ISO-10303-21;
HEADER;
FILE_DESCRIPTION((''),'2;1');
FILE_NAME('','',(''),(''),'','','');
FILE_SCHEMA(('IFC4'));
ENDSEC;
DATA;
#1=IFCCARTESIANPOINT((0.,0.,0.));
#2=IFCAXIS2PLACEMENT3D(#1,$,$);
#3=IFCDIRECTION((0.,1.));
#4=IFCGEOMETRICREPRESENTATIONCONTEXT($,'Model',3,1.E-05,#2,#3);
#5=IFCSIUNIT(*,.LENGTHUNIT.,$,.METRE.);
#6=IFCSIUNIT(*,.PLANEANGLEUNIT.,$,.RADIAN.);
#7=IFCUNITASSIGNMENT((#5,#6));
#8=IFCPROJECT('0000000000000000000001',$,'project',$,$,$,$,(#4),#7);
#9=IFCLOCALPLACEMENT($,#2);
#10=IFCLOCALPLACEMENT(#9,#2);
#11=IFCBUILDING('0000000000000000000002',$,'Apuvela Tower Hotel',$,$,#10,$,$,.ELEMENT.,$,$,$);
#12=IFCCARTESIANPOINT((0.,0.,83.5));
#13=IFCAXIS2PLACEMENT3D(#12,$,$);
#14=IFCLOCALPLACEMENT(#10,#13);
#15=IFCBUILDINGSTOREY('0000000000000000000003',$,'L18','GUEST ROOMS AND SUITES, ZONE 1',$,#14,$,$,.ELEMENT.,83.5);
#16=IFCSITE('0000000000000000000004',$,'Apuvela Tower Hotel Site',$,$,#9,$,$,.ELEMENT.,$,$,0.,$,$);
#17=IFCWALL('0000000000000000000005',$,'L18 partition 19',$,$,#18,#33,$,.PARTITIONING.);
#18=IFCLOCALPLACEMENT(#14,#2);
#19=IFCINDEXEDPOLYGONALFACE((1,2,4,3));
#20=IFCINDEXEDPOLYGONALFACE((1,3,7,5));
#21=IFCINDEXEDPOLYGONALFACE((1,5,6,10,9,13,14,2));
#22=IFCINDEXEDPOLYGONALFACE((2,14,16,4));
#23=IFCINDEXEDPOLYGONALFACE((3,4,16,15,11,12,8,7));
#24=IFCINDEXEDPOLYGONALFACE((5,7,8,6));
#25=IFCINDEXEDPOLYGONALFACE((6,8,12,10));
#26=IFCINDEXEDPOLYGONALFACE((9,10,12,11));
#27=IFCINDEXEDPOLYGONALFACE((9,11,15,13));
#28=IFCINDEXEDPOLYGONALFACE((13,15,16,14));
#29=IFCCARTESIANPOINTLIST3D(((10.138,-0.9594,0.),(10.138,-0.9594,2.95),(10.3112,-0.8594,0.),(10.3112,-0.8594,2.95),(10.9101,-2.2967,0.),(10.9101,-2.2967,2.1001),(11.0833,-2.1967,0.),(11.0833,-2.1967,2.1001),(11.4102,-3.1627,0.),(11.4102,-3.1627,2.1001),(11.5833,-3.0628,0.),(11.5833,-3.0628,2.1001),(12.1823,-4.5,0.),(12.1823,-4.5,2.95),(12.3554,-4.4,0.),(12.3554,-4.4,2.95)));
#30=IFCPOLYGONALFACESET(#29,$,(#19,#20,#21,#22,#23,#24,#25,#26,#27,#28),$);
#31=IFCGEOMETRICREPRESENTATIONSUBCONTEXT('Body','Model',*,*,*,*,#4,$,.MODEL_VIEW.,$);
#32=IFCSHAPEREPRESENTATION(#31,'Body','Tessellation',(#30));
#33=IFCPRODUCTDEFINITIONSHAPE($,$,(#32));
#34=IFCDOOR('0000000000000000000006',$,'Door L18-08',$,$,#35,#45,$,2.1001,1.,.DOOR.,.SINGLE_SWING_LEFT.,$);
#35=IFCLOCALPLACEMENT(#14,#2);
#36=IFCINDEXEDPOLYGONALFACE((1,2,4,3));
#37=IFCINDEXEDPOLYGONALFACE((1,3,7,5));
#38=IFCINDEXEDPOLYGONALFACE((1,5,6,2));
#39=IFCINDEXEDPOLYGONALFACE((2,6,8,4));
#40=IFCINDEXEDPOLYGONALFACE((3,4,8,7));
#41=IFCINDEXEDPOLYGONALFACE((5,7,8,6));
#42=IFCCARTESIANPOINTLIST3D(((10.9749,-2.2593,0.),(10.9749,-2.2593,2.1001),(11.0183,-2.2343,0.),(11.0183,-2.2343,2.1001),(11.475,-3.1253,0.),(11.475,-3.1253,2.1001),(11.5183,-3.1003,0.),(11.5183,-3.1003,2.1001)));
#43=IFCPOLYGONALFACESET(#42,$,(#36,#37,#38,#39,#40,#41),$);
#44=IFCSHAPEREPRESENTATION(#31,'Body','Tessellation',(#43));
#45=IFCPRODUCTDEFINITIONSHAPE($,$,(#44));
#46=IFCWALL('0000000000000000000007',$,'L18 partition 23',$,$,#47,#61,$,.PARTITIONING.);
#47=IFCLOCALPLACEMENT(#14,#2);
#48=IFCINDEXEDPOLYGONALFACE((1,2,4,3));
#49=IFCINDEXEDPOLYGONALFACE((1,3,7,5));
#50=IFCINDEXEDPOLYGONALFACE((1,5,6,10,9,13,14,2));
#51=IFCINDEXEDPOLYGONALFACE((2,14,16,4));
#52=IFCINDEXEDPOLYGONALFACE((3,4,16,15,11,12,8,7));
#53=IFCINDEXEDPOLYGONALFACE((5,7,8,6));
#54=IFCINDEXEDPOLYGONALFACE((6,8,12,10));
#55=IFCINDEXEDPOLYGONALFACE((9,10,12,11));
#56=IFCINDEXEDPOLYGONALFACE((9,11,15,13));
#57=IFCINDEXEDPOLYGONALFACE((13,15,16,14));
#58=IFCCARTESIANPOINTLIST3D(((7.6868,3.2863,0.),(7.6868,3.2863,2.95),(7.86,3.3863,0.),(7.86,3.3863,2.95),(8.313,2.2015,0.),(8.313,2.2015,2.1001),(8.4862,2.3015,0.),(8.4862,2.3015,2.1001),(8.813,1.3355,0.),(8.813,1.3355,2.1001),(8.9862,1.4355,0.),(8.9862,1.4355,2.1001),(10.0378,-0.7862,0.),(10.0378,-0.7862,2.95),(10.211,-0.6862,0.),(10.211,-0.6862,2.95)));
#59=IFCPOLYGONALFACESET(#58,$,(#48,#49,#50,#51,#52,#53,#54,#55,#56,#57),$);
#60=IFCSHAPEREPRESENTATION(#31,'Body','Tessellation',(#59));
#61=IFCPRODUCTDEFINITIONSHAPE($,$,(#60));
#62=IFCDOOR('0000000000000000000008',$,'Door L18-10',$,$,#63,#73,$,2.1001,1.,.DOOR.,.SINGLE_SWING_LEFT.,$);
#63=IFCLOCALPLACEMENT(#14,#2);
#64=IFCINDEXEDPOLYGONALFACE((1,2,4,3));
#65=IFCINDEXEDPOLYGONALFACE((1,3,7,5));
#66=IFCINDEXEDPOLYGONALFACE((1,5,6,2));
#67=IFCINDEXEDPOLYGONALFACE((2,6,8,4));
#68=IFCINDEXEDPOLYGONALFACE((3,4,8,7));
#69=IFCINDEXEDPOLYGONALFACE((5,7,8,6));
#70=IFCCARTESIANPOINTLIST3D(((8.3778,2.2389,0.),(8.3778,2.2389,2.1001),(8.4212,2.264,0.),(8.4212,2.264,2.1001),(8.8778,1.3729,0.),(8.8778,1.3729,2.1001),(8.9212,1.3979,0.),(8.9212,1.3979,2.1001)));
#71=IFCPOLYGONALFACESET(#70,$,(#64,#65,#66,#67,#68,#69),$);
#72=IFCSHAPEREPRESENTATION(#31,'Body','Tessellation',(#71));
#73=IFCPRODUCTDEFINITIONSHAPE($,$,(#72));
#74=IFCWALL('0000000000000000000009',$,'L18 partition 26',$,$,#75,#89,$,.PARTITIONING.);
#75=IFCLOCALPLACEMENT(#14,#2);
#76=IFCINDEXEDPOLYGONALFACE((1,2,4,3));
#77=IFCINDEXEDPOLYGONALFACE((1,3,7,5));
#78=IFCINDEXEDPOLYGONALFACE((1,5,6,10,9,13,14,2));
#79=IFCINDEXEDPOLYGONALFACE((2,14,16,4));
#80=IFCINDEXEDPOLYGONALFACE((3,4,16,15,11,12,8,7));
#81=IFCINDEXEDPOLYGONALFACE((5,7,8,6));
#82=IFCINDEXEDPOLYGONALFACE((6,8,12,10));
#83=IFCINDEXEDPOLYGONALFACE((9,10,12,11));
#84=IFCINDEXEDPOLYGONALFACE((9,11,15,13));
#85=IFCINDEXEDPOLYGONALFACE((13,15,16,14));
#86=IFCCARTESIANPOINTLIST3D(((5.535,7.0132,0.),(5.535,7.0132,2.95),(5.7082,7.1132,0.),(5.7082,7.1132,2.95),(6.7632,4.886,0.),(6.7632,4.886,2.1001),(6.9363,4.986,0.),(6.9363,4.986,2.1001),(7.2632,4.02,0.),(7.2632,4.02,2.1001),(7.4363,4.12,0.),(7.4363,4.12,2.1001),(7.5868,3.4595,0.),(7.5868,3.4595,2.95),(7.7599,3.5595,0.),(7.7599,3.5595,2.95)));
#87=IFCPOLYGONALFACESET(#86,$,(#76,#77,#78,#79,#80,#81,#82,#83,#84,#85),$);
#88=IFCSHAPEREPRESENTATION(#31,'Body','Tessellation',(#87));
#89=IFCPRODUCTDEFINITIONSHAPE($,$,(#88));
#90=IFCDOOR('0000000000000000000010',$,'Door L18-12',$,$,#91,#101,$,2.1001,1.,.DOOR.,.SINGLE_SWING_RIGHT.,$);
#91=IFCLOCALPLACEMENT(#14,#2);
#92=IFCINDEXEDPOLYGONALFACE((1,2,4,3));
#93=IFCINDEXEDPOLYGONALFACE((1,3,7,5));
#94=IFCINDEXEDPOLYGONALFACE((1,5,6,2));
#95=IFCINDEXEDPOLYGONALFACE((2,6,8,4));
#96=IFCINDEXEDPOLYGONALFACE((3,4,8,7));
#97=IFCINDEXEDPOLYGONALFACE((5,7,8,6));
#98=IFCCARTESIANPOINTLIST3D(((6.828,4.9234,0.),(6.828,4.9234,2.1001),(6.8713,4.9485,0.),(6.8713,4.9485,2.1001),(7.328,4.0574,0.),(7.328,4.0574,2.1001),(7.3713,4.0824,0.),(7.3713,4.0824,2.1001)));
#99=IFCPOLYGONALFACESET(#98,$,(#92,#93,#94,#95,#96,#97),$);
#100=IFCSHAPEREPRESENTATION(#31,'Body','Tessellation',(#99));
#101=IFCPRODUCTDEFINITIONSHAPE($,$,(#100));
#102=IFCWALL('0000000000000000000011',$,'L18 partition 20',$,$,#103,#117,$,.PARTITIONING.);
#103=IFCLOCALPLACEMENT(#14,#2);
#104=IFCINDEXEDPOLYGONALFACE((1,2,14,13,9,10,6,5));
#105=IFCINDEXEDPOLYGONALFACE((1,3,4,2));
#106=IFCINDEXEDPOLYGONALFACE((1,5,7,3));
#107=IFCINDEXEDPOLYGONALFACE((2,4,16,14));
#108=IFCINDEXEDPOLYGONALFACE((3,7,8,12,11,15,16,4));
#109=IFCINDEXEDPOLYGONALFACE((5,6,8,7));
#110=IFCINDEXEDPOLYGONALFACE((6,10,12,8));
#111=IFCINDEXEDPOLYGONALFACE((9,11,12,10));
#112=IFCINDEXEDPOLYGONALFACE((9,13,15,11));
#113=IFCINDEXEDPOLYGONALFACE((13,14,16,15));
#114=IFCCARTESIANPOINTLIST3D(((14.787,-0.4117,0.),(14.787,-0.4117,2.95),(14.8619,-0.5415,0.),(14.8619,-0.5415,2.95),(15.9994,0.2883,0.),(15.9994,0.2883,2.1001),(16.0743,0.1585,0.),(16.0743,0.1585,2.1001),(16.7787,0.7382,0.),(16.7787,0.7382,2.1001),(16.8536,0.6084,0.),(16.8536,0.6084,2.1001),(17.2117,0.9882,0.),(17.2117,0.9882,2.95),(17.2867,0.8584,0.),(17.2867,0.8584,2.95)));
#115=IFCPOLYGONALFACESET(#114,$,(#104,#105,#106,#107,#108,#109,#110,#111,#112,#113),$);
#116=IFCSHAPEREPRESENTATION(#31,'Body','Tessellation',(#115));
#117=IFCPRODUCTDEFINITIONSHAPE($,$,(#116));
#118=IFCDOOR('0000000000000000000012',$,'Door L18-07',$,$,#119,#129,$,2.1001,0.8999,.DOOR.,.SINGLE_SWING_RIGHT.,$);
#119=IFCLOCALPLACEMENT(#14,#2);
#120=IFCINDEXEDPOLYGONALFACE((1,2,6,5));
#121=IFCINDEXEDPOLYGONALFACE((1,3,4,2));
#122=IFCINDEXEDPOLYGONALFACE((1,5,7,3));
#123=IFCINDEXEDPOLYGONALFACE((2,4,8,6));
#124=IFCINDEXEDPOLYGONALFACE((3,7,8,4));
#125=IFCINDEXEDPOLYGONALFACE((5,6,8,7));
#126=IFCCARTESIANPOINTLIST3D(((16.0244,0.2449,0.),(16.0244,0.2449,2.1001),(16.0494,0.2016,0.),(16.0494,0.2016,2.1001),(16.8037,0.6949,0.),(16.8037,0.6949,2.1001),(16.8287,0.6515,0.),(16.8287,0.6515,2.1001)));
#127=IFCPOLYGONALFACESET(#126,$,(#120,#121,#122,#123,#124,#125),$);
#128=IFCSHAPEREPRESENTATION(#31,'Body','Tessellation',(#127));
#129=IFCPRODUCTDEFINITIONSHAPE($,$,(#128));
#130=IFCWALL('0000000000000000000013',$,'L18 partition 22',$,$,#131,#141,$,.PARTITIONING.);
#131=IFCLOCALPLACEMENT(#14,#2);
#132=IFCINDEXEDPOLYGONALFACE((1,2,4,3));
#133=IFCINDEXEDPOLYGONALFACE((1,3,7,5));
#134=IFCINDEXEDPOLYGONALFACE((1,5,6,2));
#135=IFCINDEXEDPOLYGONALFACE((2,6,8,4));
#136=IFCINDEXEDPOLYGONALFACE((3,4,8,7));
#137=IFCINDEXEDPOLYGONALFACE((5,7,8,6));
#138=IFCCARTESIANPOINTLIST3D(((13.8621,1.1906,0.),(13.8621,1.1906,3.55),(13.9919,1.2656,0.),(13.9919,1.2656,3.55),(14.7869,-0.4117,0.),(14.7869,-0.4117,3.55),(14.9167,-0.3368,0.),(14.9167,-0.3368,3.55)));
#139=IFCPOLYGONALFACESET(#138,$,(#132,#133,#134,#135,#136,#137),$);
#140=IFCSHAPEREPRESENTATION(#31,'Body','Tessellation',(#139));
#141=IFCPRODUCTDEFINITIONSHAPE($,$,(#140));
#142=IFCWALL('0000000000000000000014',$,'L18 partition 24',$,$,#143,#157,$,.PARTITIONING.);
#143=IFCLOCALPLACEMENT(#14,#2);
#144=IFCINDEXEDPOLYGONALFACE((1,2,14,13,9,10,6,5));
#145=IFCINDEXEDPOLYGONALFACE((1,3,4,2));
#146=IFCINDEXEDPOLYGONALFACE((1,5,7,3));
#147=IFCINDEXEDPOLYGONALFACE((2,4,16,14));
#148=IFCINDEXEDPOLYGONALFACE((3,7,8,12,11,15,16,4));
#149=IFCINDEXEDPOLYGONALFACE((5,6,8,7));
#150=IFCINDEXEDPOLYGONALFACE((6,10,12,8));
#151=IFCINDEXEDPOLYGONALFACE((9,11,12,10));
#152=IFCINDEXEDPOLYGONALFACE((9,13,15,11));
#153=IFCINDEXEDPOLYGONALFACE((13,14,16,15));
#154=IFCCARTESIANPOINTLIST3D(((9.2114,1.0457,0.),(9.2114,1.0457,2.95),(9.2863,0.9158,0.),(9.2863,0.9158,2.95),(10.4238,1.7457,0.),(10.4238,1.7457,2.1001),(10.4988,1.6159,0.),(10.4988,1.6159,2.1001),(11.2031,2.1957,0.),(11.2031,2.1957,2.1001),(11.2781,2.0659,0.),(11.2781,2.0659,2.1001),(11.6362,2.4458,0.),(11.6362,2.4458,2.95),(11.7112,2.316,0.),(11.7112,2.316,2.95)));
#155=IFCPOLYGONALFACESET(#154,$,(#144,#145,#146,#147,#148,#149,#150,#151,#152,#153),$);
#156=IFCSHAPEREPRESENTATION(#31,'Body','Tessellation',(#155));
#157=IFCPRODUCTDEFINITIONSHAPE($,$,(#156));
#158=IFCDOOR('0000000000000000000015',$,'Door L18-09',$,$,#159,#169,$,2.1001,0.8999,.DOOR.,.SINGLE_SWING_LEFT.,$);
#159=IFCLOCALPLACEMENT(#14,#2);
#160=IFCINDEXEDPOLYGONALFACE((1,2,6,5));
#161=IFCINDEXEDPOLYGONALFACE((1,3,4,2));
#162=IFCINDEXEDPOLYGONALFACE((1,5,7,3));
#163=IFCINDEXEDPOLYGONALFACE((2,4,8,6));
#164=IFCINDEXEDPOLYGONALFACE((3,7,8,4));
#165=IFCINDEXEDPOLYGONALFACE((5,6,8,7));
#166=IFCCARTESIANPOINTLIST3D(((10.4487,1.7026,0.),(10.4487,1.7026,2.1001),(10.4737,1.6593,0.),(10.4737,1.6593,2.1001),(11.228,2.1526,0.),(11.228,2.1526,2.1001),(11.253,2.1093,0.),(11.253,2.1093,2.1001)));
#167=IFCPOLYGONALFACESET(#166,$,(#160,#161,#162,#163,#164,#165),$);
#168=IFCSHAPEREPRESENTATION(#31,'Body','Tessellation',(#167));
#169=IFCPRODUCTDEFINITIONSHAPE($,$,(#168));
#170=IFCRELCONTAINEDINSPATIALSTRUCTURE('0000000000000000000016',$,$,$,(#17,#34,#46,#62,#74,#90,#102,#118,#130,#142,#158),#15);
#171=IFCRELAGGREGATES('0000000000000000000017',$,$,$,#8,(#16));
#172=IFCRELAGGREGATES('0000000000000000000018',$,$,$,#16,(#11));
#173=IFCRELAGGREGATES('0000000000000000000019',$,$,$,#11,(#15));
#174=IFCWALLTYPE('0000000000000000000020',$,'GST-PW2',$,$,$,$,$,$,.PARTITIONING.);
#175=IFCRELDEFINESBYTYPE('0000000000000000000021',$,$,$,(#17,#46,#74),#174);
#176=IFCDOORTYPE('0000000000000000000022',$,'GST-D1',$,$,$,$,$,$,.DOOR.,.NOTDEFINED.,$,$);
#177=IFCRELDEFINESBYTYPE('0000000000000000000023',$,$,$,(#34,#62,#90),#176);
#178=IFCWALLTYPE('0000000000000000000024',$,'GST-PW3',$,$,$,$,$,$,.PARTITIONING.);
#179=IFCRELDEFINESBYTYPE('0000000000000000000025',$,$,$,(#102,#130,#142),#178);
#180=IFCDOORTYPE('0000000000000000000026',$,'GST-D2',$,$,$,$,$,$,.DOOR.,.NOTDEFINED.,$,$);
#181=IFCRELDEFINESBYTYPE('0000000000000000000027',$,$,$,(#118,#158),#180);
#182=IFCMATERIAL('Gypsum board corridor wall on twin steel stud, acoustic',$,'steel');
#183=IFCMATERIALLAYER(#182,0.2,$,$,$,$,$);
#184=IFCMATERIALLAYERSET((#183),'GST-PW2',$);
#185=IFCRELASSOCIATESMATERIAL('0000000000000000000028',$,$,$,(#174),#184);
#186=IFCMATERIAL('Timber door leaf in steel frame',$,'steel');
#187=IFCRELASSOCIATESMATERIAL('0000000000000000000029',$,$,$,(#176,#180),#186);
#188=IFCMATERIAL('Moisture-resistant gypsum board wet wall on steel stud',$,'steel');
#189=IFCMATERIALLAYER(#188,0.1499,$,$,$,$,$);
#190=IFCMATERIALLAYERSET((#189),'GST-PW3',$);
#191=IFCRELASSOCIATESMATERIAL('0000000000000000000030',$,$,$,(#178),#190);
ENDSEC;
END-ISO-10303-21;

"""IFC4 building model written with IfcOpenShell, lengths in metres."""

from ifc_helpers import new_model, si_unit, direction, frame, frame_2d, origin, place, context, subcontext, project, spatial, rectangle, extrude, material, layer, layer_set, type_object, element, fill, save


model = new_model("IFC4")

# Units and contexts
model_context = context("Model", 3, precision=1e-05, world=origin(), true_north=direction((0.0, 1.0)))
body_context = subcontext(model_context, "Body", "Model", "MODEL_VIEW")
ifc_project = project(units=[si_unit("LENGTHUNIT", "METRE"), si_unit("PLANEANGLEUNIT", "RADIAN")], contexts=[model_context])

# Site, building, storey
site_placement = place(None, origin())
site = spatial("IfcSite", under=ifc_project, at=site_placement, Name="Apuvela Tower Hotel Site", CompositionType="ELEMENT", RefElevation=0.0)
building_placement = place(site_placement, origin())
building = spatial("IfcBuilding", under=site, at=building_placement, Name="Apuvela Tower Hotel", CompositionType="ELEMENT")
storey_placement = place(building_placement, frame((0.0, 0.0, 83.5)))
storey = spatial("IfcBuildingStorey", under=building, at=storey_placement, Name="L18", Description="GUEST ROOMS AND SUITES, ZONE 1", CompositionType="ELEMENT", Elevation=83.5)

# Walls, openings, doors
ifc_material_1 = material(Name="Gypsum board corridor wall on twin steel stud, acoustic", Category="steel")
ifc_layer_1 = layer(ifc_material_1, 0.2)
ifc_layer_set_1 = layer_set([ifc_layer_1], Name="GST-PW2")
wall_type_1 = type_object("IfcWallType", Name="GST-PW2", PredefinedType="PARTITIONING", material=ifc_layer_set_1)
wall_1_placement = place(storey_placement, frame((10.2246, -0.9094, 0.0), z_axis=(0.0, 0.0, 1.0), x_axis=(0.500012, -0.866019, 0.0)))
wall_1 = element("IfcWall", 1, at=wall_1_placement, inside=storey, type_object=wall_type_1, Name="L18 partition 19", PredefinedType="PARTITIONING", context=body_context, shape_type="SweptSolid", body=[
    extrude(rectangle(XDim=4.0884, YDim=0.2, at=frame_2d((2.0442, 0.0))), origin(), (0.0, 0.0, 1.0), 2.95),
])
opening_1_placement = place(wall_1_placement, frame((1.5442, 0.0, 0.0)))
opening_1 = element("IfcOpeningElement", 2, at=opening_1_placement, cuts=wall_1, PredefinedType="OPENING", context=body_context, shape_type="SweptSolid", body=[
    extrude(rectangle(XDim=1.0, YDim=2.1001, at=frame_2d((0.5, 1.05))), frame((0.0, 0.1099, 0.0), z_axis=(0.0, -1.0, 0.0), x_axis=(1.0, 0.0, 0.0)), (0.0, 0.0, 1.0), 0.22),
])
ifc_material_2 = material(Name="Timber door leaf in steel frame", Category="steel")
door_type_1 = type_object("IfcDoorType", Name="GST-D1", OperationType="NOTDEFINED", PredefinedType="DOOR", material=ifc_material_2)
door_1_placement = place(opening_1_placement, origin())
door_1 = element("IfcDoor", 3, at=door_1_placement, inside=storey, type_object=door_type_1, Name="Door L18-08", OperationType="SINGLE_SWING_LEFT", OverallHeight=2.1001, OverallWidth=1.0, PredefinedType="DOOR", context=body_context, shape_type="SweptSolid", body=[
    extrude(rectangle(XDim=1.0, YDim=2.1001, at=frame_2d((0.5, 1.05))), frame((0.0, 0.0249, 0.0), z_axis=(0.0, -1.0, 0.0), x_axis=(1.0, 0.0, 0.0)), (0.0, 0.0, 1.0), 0.05),
])
fill(opening_1, door_1)
wall_2_placement = place(storey_placement, frame((7.7734, 3.3362, 0.0), z_axis=(0.0, 0.0, 1.0), x_axis=(0.49997, -0.866043, 0.0)))
wall_2 = element("IfcWall", 4, at=wall_2_placement, inside=storey, type_object=wall_type_1, Name="L18 partition 23", PredefinedType="PARTITIONING", context=body_context, shape_type="SweptSolid", body=[
    extrude(rectangle(XDim=4.7024, YDim=0.2, at=frame_2d((2.3511, 0.0))), origin(), (0.0, 0.0, 1.0), 2.95),
])
opening_2_placement = place(wall_2_placement, frame((1.2524, 0.0, 0.0)))
opening_2 = element("IfcOpeningElement", 5, at=opening_2_placement, cuts=wall_2, PredefinedType="OPENING", context=body_context, shape_type="SweptSolid", body=[
    extrude(rectangle(XDim=1.0, YDim=2.1001, at=frame_2d((0.5, 1.05))), frame((0.0, 0.1099, 0.0), z_axis=(0.0, -1.0, 0.0), x_axis=(1.0, 0.0, 0.0)), (0.0, 0.0, 1.0), 0.22),
])
door_2_placement = place(opening_2_placement, origin())
door_2 = element("IfcDoor", 6, at=door_2_placement, inside=storey, type_object=door_type_1, Name="Door L18-10", OperationType="SINGLE_SWING_LEFT", OverallHeight=2.1001, OverallWidth=1.0, PredefinedType="DOOR", context=body_context, shape_type="SweptSolid", body=[
    extrude(rectangle(XDim=1.0, YDim=2.1001, at=frame_2d((0.5, 1.05))), frame((0.0, 0.0249, 0.0), z_axis=(0.0, -1.0, 0.0), x_axis=(1.0, 0.0, 0.0)), (0.0, 0.0, 1.0), 0.05),
])
fill(opening_2, door_2)
wall_3_placement = place(storey_placement, frame((5.6216, 7.0632, 0.0), z_axis=(0.0, 0.0, 1.0), x_axis=(0.500004, -0.866023, 0.0)))
wall_3 = element("IfcWall", 7, at=wall_3_placement, inside=storey, type_object=wall_type_1, Name="L18 partition 26", PredefinedType="PARTITIONING", context=body_context, shape_type="SweptSolid", body=[
    extrude(rectangle(XDim=4.1035, YDim=0.2, at=frame_2d((2.0518, 0.0))), origin(), (0.0, 0.0, 1.0), 2.95),
])
opening_3_placement = place(wall_3_placement, frame((2.4563, 0.0, 0.0)))
opening_3 = element("IfcOpeningElement", 8, at=opening_3_placement, cuts=wall_3, PredefinedType="OPENING", context=body_context, shape_type="SweptSolid", body=[
    extrude(rectangle(XDim=1.0, YDim=2.1001, at=frame_2d((0.5, 1.05))), frame((0.0, 0.1099, 0.0), z_axis=(0.0, -1.0, 0.0), x_axis=(1.0, 0.0, 0.0)), (0.0, 0.0, 1.0), 0.22),
])
door_3_placement = place(opening_3_placement, origin())
door_3 = element("IfcDoor", 9, at=door_3_placement, inside=storey, type_object=door_type_1, Name="Door L18-12", OperationType="SINGLE_SWING_RIGHT", OverallHeight=2.1001, OverallWidth=1.0, PredefinedType="DOOR", context=body_context, shape_type="SweptSolid", body=[
    extrude(rectangle(XDim=1.0, YDim=2.1001, at=frame_2d((0.5, 1.05))), frame((0.0, 0.0249, 0.0), z_axis=(0.0, -1.0, 0.0), x_axis=(1.0, 0.0, 0.0)), (0.0, 0.0, 1.0), 0.05),
])
fill(opening_3, door_3)
ifc_material_3 = material(Name="Moisture-resistant gypsum board wet wall on steel stud", Category="steel")
ifc_layer_2 = layer(ifc_material_3, 0.1499)
ifc_layer_set_2 = layer_set([ifc_layer_2], Name="GST-PW3")
wall_type_2 = type_object("IfcWallType", Name="GST-PW3", PredefinedType="PARTITIONING", material=ifc_layer_set_2)
wall_4_placement = place(storey_placement, frame((14.8245, -0.4766, 0.0), z_axis=(0.0, 0.0, 1.0), x_axis=(0.866035, 0.499984, 0.0)))
wall_4 = element("IfcWall", 10, at=wall_4_placement, inside=storey, type_object=wall_type_2, Name="L18 partition 20", PredefinedType="PARTITIONING", context=body_context, shape_type="SweptSolid", body=[
    extrude(rectangle(XDim=2.7998, YDim=0.1499, at=frame_2d((1.3999, 0.0))), origin(), (0.0, 0.0, 1.0), 2.95),
])
opening_4_placement = place(wall_4_placement, frame((1.3999, 0.0, 0.0)))
opening_4 = element("IfcOpeningElement", 11, at=opening_4_placement, cuts=wall_4, PredefinedType="OPENING", context=body_context, shape_type="SweptSolid", body=[
    extrude(rectangle(XDim=0.8999, YDim=2.1001, at=frame_2d((0.45, 1.05))), frame((0.0, 0.085, 0.0), z_axis=(0.0, -1.0, 0.0), x_axis=(1.0, 0.0, 0.0)), (0.0, 0.0, 1.0), 0.1699),
])
door_type_2 = type_object("IfcDoorType", Name="GST-D2", OperationType="NOTDEFINED", PredefinedType="DOOR", material=ifc_material_2)
door_4_placement = place(opening_4_placement, origin())
door_4 = element("IfcDoor", 12, at=door_4_placement, inside=storey, type_object=door_type_2, Name="Door L18-07", OperationType="SINGLE_SWING_RIGHT", OverallHeight=2.1001, OverallWidth=0.8999, PredefinedType="DOOR", context=body_context, shape_type="SweptSolid", body=[
    extrude(rectangle(XDim=0.8999, YDim=2.1001, at=frame_2d((0.45, 1.05))), frame((0.0, 0.0249, 0.0), z_axis=(0.0, -1.0, 0.0), x_axis=(1.0, 0.0, 0.0)), (0.0, 0.0, 1.0), 0.05),
])
fill(opening_4, door_4)

# Wall
wall_5_placement = place(storey_placement, frame((14.8518, -0.3743, 0.0), z_axis=(0.0, 0.0, 1.0), x_axis=(-0.499886, 0.866091, 0.0)))
element("IfcWall", 13, at=wall_5_placement, inside=storey, type_object=wall_type_2, Name="L18 partition 22", PredefinedType="PARTITIONING", context=body_context, shape_type="SweptSolid", body=[
    extrude(rectangle(XDim=1.8501, YDim=0.1499, at=frame_2d((0.925, 0.0))), origin(), (0.0, 0.0, 1.0), 3.55),
])

# Wall, opening, door
wall_6_placement = place(storey_placement, frame((11.6736, 2.3809, 0.0), z_axis=(0.0, 0.0, 1.0), x_axis=(-0.865997, -0.50005, 0.0)))
wall_6 = element("IfcWall", 14, at=wall_6_placement, inside=storey, type_object=wall_type_2, Name="L18 partition 24", PredefinedType="PARTITIONING", context=body_context, shape_type="SweptSolid", body=[
    extrude(rectangle(XDim=2.8, YDim=0.1499, at=frame_2d((1.3999, 0.0))), origin(), (0.0, 0.0, 1.0), 2.95),
])
opening_5_placement = place(wall_6_placement, frame((0.5, 0.0, 0.0)))
opening_5 = element("IfcOpeningElement", 15, at=opening_5_placement, cuts=wall_6, PredefinedType="OPENING", context=body_context, shape_type="SweptSolid", body=[
    extrude(rectangle(XDim=0.8999, YDim=2.1001, at=frame_2d((0.45, 1.05))), frame((0.0, 0.085, 0.0), z_axis=(0.0, -1.0, 0.0), x_axis=(1.0, 0.0, 0.0)), (0.0, 0.0, 1.0), 0.1699),
])
door_5_placement = place(opening_5_placement, origin())
door_5 = element("IfcDoor", 16, at=door_5_placement, inside=storey, type_object=door_type_2, Name="Door L18-09", OperationType="SINGLE_SWING_LEFT", OverallHeight=2.1001, OverallWidth=0.8999, PredefinedType="DOOR", context=body_context, shape_type="SweptSolid", body=[
    extrude(rectangle(XDim=0.8999, YDim=2.1001, at=frame_2d((0.45, 1.05))), frame((0.0, 0.0249, 0.0), z_axis=(0.0, -1.0, 0.0), x_axis=(1.0, 0.0, 0.0)), (0.0, 0.0, 1.0), 0.05),
])
fill(opening_5, door_5)

save(model, "model.ifc")
